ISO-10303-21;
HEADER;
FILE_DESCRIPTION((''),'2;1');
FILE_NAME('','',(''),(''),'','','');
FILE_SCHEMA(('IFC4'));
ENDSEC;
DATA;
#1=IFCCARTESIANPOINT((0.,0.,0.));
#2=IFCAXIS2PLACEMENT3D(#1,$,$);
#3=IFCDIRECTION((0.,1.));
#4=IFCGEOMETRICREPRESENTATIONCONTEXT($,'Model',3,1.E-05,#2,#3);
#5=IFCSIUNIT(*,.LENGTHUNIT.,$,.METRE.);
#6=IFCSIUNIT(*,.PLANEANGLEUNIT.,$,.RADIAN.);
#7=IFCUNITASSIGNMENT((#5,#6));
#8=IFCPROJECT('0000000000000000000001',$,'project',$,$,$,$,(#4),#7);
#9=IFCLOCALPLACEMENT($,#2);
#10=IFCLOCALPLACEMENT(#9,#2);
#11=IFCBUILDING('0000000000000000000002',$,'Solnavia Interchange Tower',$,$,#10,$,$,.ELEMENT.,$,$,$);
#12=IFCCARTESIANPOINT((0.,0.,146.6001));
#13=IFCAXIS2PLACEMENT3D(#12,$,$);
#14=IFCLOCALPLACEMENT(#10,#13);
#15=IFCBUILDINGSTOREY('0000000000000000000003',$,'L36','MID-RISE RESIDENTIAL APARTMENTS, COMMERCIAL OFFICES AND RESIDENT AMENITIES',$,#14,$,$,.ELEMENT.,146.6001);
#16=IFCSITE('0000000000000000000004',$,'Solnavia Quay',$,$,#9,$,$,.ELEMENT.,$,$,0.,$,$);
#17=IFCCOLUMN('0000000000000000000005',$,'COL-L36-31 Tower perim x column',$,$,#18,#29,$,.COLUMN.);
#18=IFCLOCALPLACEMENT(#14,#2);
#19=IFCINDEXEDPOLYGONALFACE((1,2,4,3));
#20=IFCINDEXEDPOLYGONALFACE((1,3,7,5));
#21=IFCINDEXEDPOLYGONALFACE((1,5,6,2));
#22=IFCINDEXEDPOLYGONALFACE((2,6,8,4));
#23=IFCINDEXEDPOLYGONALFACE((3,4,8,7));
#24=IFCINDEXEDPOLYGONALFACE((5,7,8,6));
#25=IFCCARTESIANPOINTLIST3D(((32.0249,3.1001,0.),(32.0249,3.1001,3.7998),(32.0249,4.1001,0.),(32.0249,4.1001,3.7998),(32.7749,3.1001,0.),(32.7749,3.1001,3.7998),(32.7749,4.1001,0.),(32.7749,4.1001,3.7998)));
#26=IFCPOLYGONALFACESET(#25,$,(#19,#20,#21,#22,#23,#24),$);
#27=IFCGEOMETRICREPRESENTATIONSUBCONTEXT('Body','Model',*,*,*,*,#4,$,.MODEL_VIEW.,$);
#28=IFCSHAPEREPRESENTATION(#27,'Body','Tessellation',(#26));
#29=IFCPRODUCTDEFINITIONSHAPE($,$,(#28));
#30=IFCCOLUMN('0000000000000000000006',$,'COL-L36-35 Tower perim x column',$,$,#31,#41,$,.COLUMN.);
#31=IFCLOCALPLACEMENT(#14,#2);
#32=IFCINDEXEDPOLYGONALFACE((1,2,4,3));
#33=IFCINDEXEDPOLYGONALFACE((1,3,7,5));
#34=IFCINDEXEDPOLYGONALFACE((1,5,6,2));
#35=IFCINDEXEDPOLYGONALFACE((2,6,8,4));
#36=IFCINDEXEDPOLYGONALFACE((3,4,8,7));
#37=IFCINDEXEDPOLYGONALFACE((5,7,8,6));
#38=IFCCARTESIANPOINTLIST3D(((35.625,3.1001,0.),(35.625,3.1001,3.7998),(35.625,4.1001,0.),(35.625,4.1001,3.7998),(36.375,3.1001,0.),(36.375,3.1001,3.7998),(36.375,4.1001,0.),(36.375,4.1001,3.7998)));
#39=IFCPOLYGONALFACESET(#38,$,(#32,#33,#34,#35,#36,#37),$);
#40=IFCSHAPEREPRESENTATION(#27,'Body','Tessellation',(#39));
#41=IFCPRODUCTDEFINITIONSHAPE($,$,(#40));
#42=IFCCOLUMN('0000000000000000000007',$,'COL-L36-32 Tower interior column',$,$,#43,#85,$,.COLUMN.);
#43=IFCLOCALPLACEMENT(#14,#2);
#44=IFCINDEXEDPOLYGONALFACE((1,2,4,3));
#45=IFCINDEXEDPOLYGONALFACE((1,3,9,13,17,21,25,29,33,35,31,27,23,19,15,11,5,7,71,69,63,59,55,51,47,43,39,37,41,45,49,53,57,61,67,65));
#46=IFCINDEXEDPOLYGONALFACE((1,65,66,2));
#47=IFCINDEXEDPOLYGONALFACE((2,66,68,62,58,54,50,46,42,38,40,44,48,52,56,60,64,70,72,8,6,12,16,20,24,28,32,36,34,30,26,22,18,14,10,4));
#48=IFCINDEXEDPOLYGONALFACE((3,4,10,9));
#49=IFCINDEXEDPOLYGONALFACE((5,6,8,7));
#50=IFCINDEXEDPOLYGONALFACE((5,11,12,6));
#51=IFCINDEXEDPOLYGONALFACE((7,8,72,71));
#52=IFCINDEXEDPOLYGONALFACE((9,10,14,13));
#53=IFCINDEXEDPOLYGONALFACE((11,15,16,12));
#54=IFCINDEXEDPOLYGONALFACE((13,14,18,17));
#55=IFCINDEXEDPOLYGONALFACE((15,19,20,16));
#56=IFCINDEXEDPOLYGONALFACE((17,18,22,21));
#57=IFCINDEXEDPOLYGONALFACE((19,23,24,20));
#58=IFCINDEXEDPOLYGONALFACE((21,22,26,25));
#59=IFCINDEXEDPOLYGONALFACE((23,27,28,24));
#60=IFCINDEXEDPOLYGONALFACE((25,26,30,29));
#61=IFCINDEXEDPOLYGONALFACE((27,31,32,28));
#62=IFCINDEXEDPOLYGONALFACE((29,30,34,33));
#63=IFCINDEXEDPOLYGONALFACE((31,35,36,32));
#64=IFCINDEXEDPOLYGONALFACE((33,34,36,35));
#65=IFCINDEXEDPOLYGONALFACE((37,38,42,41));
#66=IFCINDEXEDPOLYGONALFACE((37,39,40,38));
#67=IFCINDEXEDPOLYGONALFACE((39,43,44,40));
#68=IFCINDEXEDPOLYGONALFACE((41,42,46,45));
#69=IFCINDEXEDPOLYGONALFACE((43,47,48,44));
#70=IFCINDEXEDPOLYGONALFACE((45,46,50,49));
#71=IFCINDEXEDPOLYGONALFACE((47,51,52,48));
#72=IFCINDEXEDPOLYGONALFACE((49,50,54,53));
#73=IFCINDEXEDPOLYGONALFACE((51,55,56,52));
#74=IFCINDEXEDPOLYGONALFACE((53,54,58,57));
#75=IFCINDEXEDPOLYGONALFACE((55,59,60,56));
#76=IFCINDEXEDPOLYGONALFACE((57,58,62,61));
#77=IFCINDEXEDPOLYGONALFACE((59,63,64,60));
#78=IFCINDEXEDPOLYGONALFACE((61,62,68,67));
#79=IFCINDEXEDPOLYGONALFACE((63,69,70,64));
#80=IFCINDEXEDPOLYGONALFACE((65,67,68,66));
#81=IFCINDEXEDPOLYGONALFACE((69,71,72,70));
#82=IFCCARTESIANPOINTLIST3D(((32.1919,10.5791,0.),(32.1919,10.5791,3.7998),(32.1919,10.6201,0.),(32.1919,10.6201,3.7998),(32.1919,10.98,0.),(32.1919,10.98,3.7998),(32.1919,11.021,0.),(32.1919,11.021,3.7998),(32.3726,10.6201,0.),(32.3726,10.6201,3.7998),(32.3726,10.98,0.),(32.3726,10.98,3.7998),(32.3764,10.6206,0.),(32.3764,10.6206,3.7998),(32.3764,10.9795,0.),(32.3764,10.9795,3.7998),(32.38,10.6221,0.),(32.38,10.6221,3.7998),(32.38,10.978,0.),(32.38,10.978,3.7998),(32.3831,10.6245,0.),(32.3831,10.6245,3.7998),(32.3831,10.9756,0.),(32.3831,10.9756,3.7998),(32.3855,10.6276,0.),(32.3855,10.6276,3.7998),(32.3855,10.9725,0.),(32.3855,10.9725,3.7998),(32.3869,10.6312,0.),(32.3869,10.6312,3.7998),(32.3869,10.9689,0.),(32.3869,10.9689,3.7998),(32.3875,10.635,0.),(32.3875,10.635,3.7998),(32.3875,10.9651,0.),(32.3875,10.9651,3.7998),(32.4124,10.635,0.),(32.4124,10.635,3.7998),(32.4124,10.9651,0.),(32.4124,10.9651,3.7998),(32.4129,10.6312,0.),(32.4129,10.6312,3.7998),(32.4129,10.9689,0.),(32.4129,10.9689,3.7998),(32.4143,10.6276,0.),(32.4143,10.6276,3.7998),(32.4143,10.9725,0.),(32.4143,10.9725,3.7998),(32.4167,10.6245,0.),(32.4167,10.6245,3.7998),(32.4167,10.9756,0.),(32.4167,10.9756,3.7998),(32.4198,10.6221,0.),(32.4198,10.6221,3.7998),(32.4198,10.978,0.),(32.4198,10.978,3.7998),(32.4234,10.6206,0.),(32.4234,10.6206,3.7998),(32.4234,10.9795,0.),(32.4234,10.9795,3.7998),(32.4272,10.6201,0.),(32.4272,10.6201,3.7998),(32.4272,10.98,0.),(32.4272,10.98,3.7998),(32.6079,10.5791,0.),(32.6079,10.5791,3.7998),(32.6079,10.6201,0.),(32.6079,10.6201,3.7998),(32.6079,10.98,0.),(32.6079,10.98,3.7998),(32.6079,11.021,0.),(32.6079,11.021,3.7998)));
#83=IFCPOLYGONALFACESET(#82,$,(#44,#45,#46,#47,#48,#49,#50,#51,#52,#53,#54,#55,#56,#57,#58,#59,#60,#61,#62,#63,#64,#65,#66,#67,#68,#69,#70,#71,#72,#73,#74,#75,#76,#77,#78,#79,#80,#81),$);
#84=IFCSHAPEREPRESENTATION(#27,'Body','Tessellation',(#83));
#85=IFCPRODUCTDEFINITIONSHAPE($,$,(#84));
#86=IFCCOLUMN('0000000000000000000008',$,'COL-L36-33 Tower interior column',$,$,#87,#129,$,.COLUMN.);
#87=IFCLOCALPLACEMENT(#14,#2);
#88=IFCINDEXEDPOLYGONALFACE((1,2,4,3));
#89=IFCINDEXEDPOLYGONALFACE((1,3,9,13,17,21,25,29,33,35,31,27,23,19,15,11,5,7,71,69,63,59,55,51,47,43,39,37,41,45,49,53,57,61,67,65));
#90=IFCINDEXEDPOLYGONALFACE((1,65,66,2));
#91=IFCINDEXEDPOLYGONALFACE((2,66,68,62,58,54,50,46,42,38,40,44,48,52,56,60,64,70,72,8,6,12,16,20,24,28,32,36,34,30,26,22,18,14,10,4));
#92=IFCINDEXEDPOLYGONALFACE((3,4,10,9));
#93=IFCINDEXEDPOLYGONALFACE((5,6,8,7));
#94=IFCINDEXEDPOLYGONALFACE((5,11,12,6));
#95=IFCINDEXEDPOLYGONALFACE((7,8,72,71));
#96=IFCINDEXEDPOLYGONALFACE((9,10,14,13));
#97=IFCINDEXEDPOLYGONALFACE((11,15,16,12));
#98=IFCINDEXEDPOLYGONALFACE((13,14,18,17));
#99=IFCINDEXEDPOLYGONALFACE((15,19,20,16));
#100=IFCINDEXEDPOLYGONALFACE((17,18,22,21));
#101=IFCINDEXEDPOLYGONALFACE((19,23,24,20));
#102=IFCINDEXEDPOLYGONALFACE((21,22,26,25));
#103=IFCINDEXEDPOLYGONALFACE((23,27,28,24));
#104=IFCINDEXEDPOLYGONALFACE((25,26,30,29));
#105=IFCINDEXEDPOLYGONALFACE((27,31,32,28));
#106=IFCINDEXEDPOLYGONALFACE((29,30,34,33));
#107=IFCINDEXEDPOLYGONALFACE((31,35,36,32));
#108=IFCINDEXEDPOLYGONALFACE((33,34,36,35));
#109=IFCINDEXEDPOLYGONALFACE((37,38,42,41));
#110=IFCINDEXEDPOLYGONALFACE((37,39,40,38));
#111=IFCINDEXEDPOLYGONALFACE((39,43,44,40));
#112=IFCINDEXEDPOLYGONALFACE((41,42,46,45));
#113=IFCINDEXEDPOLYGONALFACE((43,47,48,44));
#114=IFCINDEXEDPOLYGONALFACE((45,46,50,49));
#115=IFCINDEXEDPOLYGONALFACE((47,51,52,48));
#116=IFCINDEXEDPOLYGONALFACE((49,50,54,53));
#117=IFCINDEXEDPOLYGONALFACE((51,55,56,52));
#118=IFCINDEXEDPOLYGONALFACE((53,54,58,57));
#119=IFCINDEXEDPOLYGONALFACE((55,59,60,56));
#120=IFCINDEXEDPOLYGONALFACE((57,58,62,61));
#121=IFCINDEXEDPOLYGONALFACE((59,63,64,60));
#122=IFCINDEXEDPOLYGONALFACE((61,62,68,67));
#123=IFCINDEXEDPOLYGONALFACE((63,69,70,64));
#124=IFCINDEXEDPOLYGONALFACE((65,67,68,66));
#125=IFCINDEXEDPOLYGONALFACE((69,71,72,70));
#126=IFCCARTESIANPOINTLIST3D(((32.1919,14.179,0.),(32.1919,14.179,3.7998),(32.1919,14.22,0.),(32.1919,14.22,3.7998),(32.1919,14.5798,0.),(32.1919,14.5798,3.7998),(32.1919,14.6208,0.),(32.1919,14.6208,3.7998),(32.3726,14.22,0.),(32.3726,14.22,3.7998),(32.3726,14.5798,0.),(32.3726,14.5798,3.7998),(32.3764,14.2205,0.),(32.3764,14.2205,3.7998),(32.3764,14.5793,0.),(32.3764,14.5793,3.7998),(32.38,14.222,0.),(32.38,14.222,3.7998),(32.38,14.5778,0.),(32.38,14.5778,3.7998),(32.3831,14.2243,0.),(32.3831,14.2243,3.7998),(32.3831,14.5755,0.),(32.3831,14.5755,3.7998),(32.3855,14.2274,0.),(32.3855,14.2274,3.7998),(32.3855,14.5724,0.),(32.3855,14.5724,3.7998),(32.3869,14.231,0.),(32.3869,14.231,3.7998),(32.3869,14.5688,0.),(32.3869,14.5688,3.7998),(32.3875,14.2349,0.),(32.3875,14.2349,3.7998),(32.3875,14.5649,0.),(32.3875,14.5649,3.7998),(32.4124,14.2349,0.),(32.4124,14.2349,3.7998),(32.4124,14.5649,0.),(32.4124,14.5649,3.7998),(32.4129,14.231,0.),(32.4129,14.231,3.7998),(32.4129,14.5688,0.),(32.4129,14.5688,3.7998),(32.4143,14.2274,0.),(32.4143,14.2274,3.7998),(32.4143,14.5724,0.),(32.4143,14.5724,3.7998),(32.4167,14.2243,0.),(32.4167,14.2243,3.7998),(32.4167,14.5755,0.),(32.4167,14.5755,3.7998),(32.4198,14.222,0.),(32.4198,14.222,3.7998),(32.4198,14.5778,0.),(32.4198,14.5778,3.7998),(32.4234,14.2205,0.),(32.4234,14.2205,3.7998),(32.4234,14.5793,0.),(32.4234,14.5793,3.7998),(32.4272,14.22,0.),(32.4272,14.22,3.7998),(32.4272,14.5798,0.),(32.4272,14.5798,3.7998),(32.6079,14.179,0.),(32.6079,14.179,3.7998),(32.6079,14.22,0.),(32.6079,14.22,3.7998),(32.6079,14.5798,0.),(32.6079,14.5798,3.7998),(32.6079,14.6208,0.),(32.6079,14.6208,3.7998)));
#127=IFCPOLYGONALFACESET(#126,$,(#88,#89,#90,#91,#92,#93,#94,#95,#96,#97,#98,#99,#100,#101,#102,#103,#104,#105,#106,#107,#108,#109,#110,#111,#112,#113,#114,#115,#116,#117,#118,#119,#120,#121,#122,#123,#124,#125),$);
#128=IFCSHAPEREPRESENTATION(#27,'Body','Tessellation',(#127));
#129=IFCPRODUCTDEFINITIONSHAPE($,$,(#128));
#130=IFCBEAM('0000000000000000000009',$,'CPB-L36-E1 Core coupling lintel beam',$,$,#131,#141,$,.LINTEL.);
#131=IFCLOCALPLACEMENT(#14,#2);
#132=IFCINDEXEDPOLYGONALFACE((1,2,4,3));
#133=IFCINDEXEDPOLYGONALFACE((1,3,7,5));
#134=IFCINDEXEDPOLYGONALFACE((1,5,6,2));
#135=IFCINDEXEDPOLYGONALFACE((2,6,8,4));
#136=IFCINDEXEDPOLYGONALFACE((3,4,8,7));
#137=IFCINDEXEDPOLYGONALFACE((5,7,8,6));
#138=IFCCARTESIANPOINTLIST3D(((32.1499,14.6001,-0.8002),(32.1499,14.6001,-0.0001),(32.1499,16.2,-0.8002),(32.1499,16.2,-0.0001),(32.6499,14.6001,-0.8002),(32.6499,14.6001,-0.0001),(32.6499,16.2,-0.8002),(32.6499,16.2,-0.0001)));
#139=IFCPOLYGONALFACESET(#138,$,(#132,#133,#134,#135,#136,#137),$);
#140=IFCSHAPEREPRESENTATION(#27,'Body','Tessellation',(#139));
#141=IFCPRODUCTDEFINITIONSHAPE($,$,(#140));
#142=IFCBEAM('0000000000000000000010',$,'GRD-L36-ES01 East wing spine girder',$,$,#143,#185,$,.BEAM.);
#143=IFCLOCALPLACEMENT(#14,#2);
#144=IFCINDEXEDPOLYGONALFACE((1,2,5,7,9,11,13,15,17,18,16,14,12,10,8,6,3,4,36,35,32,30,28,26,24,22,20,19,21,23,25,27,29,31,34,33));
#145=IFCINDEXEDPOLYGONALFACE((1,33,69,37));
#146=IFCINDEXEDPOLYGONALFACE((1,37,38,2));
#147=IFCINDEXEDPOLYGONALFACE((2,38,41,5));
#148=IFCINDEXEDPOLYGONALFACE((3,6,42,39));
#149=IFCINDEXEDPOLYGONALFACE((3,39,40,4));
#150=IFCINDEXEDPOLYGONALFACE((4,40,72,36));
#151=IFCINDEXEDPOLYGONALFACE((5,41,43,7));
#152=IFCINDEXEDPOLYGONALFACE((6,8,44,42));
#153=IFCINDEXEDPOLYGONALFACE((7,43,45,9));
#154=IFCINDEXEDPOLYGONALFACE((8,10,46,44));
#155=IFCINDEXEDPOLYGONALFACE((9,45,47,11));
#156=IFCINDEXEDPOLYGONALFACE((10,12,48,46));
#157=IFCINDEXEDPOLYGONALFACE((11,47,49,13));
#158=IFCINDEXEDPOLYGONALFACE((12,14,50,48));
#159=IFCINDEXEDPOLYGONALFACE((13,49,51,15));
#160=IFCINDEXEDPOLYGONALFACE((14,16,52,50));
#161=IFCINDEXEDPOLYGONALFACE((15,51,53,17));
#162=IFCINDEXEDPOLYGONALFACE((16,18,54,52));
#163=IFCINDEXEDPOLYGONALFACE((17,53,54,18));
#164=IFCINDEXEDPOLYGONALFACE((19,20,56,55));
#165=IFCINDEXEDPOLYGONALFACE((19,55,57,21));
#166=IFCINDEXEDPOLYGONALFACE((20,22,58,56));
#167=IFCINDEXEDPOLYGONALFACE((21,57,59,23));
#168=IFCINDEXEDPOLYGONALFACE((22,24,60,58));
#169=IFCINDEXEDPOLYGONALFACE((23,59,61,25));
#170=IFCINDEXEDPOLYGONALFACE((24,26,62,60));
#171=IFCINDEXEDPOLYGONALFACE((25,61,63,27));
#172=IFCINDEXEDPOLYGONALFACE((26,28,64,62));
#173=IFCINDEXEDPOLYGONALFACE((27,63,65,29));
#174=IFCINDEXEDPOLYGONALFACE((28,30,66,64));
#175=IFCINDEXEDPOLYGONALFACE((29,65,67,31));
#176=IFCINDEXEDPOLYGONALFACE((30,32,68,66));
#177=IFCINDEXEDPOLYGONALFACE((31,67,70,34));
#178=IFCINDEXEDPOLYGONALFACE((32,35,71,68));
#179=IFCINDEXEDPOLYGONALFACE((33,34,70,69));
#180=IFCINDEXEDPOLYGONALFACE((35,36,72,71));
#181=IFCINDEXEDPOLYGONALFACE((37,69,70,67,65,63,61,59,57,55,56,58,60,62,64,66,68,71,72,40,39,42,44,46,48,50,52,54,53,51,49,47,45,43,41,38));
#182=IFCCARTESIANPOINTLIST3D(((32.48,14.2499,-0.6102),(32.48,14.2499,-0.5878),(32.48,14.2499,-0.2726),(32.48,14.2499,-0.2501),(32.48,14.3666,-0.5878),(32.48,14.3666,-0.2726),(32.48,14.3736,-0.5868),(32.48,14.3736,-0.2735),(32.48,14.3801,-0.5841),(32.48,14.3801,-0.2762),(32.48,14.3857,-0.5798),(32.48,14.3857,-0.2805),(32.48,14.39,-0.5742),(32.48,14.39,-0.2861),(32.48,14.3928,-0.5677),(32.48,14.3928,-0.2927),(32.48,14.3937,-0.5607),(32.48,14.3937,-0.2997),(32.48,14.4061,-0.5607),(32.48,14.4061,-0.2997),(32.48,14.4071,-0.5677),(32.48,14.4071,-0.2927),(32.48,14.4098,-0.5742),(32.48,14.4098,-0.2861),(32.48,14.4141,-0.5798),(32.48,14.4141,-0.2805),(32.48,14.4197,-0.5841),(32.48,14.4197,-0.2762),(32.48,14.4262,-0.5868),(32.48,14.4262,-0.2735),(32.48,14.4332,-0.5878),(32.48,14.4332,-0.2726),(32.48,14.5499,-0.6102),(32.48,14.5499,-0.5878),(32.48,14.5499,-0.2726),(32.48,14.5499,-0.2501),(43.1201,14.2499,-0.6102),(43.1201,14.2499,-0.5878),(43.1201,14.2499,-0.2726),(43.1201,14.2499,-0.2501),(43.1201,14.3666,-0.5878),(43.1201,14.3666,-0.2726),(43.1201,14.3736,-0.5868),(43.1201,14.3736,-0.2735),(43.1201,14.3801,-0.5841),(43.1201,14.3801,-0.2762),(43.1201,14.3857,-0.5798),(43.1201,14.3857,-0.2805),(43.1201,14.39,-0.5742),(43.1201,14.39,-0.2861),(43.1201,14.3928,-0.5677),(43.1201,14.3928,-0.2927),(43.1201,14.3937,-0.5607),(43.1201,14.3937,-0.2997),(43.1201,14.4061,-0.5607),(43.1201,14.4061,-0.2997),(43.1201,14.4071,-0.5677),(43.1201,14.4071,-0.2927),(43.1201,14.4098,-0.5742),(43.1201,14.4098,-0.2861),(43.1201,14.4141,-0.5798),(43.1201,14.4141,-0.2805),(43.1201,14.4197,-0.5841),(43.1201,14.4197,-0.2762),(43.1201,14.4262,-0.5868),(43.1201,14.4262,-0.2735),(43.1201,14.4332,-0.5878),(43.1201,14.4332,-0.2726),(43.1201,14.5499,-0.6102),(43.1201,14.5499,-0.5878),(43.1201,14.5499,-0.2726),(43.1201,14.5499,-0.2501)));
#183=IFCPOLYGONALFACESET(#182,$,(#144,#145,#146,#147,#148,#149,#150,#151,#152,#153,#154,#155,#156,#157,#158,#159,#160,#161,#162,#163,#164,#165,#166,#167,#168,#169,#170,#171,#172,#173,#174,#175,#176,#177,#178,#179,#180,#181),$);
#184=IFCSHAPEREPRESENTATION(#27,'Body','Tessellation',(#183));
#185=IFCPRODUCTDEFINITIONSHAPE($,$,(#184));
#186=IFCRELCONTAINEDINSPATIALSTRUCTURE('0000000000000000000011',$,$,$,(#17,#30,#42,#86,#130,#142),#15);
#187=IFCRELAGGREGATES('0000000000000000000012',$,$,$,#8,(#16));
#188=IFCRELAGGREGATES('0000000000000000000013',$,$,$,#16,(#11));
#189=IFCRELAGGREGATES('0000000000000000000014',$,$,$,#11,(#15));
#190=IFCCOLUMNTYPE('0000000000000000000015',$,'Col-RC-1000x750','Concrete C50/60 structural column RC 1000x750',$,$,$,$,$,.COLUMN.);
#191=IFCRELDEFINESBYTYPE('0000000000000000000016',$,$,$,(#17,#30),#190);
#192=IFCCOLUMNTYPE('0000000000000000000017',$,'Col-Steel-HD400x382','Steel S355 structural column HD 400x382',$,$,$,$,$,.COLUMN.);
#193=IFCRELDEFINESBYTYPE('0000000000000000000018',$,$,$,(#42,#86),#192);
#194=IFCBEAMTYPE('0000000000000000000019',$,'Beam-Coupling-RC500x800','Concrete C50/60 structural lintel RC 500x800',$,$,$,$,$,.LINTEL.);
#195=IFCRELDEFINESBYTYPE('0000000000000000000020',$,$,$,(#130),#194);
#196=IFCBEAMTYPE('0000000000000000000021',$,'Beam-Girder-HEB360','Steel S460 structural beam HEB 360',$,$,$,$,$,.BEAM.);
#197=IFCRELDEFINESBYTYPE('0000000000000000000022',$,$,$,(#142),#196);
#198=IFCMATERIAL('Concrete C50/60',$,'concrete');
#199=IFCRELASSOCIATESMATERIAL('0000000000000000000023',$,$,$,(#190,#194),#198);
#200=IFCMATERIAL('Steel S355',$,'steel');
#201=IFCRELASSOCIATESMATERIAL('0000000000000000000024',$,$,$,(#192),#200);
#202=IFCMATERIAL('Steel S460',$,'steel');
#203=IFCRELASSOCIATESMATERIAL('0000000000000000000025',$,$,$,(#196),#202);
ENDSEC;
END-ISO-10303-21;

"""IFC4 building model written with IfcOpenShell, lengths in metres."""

from ifc_helpers import new_model, si_unit, direction, frame, origin, origin_2d, place, context, subcontext, project, spatial, rectangle, i_section, extrude, material, material_profile, profile_set, type_object, element, save


model = new_model("IFC4")

# Units and contexts
model_context = context("Model", 3, precision=1e-05, world=origin(), true_north=direction((0.0, 1.0)))
body_context = subcontext(model_context, "Body", "Model", "MODEL_VIEW")
ifc_project = project(units=[si_unit("LENGTHUNIT", "METRE"), si_unit("PLANEANGLEUNIT", "RADIAN")], contexts=[model_context])

# Site, building, storey
site_placement = place(None, origin())
site = spatial("IfcSite", under=ifc_project, at=site_placement, Name="Solnavia Quay", CompositionType="ELEMENT", RefElevation=0.0)
building_placement = place(site_placement, origin())
building = spatial("IfcBuilding", under=site, at=building_placement, Name="Solnavia Interchange Tower", CompositionType="ELEMENT")
storey_placement = place(building_placement, frame((0.0, 0.0, 146.6001)))
storey = spatial("IfcBuildingStorey", under=building, at=storey_placement, Name="L36", Description="MID-RISE RESIDENTIAL APARTMENTS, COMMERCIAL OFFICES AND RESIDENT AMENITIES", CompositionType="ELEMENT", Elevation=146.6001)

# Columns
ifc_material_1 = material(Name="Concrete C50/60", Category="concrete")
ifc_material_profile_1 = material_profile(ifc_material_1, rectangle(XDim=0.75, YDim=1.0, at=origin_2d()), Name="RC 1000x750")
ifc_profile_set_1 = profile_set([ifc_material_profile_1], Name="Concrete C50/60")
column_type_1 = type_object("IfcColumnType", Name="Col-RC-1000x750", Description="Concrete C50/60 structural column RC 1000x750", PredefinedType="COLUMN", material=ifc_profile_set_1)
for number, where, z_axis, x_axis, name in (
    (1, (32.3999, 3.6001, 0.0), (0.0, 0.0, 1.0), (1.0, 0.0, 0.0), "COL-L36-31 Tower perim x column"),
    (2, (36.0, 3.6001, 0.0), (0.0, 0.0, 1.0), (1.0, 0.0, 0.0), "COL-L36-35 Tower perim x column"),
):
    element("IfcColumn", number, at=place(storey_placement, frame(where, z_axis=z_axis, x_axis=x_axis)), inside=storey, type_object=column_type_1, Name=name, PredefinedType="COLUMN", context=body_context, shape_type="SweptSolid", body=[
        extrude(rectangle(XDim=0.75, YDim=1.0, at=origin_2d()), origin(), (0.0, 0.0, 1.0), 3.7998),
    ])
ifc_material_2 = material(Name="Steel S355", Category="steel")
ifc_material_profile_2 = material_profile(ifc_material_2, i_section(OverallWidth=0.416, OverallDepth=0.4419, WebThickness=0.0249, FlangeThickness=0.041, FilletRadius=0.0149, at=origin_2d()), Name="HD 400x382")
ifc_profile_set_2 = profile_set([ifc_material_profile_2], Name="Steel S355")
column_type_2 = type_object("IfcColumnType", Name="Col-Steel-HD400x382", Description="Steel S355 structural column HD 400x382", PredefinedType="COLUMN", material=ifc_profile_set_2)
for number, where, z_axis, x_axis, name in (
    (3, (32.3999, 10.8, 0.0), (0.0, 0.0, 1.0), (1.0, 0.0, 0.0), "COL-L36-32 Tower interior column"),
    (4, (32.3999, 14.3999, 0.0), (0.0, 0.0, 1.0), (1.0, 0.0, 0.0), "COL-L36-33 Tower interior column"),
):
    element("IfcColumn", number, at=place(storey_placement, frame(where, z_axis=z_axis, x_axis=x_axis)), inside=storey, type_object=column_type_2, Name=name, PredefinedType="COLUMN", context=body_context, shape_type="SweptSolid", body=[
        extrude(i_section(OverallWidth=0.416, OverallDepth=0.4419, WebThickness=0.0249, FlangeThickness=0.041, FilletRadius=0.0149, at=origin_2d()), origin(), (0.0, 0.0, 1.0), 3.7998),
    ])

# Beams
ifc_material_profile_3 = material_profile(ifc_material_1, rectangle(XDim=0.5, YDim=0.8, at=origin_2d()), Name="RC 500x800")
ifc_profile_set_3 = profile_set([ifc_material_profile_3], Name="Concrete C50/60")
beam_type_1 = type_object("IfcBeamType", Name="Beam-Coupling-RC500x800", Description="Concrete C50/60 structural lintel RC 500x800", PredefinedType="LINTEL", material=ifc_profile_set_3)
beam_1_placement = place(storey_placement, frame((32.3999, 14.6001, -0.4001), z_axis=(0.0, 1.0, 0.0), x_axis=(-1.0, 0.0, 0.0)))
element("IfcBeam", 5, at=beam_1_placement, inside=storey, type_object=beam_type_1, Name="CPB-L36-E1 Core coupling lintel beam", PredefinedType="LINTEL", context=body_context, shape_type="SweptSolid", body=[
    extrude(rectangle(XDim=0.5, YDim=0.8, at=origin_2d()), origin(), (0.0, 0.0, 1.0), 1.5999),
])
ifc_material_3 = material(Name="Steel S460", Category="steel")
ifc_material_profile_4 = material_profile(ifc_material_3, i_section(OverallWidth=0.3, OverallDepth=0.3601, WebThickness=0.0125, FlangeThickness=0.0225, FilletRadius=0.0271, at=origin_2d()), Name="HEB 360")
ifc_profile_set_4 = profile_set([ifc_material_profile_4], Name="Steel S460")
beam_type_2 = type_object("IfcBeamType", Name="Beam-Girder-HEB360", Description="Steel S460 structural beam HEB 360", PredefinedType="BEAM", material=ifc_profile_set_4)
beam_2_placement = place(storey_placement, frame((32.48, 14.3999, -0.4302), z_axis=(1.0, 0.0, 0.0), x_axis=(0.0, 1.0, 0.0)))
element("IfcBeam", 6, at=beam_2_placement, inside=storey, type_object=beam_type_2, Name="GRD-L36-ES01 East wing spine girder", PredefinedType="BEAM", context=body_context, shape_type="SweptSolid", body=[
    extrude(i_section(OverallWidth=0.3, OverallDepth=0.3601, WebThickness=0.0125, FlangeThickness=0.0225, FilletRadius=0.0271, at=origin_2d()), origin(), (0.0, 0.0, 1.0), 10.6401),
])

save(model, "model.ifc")
